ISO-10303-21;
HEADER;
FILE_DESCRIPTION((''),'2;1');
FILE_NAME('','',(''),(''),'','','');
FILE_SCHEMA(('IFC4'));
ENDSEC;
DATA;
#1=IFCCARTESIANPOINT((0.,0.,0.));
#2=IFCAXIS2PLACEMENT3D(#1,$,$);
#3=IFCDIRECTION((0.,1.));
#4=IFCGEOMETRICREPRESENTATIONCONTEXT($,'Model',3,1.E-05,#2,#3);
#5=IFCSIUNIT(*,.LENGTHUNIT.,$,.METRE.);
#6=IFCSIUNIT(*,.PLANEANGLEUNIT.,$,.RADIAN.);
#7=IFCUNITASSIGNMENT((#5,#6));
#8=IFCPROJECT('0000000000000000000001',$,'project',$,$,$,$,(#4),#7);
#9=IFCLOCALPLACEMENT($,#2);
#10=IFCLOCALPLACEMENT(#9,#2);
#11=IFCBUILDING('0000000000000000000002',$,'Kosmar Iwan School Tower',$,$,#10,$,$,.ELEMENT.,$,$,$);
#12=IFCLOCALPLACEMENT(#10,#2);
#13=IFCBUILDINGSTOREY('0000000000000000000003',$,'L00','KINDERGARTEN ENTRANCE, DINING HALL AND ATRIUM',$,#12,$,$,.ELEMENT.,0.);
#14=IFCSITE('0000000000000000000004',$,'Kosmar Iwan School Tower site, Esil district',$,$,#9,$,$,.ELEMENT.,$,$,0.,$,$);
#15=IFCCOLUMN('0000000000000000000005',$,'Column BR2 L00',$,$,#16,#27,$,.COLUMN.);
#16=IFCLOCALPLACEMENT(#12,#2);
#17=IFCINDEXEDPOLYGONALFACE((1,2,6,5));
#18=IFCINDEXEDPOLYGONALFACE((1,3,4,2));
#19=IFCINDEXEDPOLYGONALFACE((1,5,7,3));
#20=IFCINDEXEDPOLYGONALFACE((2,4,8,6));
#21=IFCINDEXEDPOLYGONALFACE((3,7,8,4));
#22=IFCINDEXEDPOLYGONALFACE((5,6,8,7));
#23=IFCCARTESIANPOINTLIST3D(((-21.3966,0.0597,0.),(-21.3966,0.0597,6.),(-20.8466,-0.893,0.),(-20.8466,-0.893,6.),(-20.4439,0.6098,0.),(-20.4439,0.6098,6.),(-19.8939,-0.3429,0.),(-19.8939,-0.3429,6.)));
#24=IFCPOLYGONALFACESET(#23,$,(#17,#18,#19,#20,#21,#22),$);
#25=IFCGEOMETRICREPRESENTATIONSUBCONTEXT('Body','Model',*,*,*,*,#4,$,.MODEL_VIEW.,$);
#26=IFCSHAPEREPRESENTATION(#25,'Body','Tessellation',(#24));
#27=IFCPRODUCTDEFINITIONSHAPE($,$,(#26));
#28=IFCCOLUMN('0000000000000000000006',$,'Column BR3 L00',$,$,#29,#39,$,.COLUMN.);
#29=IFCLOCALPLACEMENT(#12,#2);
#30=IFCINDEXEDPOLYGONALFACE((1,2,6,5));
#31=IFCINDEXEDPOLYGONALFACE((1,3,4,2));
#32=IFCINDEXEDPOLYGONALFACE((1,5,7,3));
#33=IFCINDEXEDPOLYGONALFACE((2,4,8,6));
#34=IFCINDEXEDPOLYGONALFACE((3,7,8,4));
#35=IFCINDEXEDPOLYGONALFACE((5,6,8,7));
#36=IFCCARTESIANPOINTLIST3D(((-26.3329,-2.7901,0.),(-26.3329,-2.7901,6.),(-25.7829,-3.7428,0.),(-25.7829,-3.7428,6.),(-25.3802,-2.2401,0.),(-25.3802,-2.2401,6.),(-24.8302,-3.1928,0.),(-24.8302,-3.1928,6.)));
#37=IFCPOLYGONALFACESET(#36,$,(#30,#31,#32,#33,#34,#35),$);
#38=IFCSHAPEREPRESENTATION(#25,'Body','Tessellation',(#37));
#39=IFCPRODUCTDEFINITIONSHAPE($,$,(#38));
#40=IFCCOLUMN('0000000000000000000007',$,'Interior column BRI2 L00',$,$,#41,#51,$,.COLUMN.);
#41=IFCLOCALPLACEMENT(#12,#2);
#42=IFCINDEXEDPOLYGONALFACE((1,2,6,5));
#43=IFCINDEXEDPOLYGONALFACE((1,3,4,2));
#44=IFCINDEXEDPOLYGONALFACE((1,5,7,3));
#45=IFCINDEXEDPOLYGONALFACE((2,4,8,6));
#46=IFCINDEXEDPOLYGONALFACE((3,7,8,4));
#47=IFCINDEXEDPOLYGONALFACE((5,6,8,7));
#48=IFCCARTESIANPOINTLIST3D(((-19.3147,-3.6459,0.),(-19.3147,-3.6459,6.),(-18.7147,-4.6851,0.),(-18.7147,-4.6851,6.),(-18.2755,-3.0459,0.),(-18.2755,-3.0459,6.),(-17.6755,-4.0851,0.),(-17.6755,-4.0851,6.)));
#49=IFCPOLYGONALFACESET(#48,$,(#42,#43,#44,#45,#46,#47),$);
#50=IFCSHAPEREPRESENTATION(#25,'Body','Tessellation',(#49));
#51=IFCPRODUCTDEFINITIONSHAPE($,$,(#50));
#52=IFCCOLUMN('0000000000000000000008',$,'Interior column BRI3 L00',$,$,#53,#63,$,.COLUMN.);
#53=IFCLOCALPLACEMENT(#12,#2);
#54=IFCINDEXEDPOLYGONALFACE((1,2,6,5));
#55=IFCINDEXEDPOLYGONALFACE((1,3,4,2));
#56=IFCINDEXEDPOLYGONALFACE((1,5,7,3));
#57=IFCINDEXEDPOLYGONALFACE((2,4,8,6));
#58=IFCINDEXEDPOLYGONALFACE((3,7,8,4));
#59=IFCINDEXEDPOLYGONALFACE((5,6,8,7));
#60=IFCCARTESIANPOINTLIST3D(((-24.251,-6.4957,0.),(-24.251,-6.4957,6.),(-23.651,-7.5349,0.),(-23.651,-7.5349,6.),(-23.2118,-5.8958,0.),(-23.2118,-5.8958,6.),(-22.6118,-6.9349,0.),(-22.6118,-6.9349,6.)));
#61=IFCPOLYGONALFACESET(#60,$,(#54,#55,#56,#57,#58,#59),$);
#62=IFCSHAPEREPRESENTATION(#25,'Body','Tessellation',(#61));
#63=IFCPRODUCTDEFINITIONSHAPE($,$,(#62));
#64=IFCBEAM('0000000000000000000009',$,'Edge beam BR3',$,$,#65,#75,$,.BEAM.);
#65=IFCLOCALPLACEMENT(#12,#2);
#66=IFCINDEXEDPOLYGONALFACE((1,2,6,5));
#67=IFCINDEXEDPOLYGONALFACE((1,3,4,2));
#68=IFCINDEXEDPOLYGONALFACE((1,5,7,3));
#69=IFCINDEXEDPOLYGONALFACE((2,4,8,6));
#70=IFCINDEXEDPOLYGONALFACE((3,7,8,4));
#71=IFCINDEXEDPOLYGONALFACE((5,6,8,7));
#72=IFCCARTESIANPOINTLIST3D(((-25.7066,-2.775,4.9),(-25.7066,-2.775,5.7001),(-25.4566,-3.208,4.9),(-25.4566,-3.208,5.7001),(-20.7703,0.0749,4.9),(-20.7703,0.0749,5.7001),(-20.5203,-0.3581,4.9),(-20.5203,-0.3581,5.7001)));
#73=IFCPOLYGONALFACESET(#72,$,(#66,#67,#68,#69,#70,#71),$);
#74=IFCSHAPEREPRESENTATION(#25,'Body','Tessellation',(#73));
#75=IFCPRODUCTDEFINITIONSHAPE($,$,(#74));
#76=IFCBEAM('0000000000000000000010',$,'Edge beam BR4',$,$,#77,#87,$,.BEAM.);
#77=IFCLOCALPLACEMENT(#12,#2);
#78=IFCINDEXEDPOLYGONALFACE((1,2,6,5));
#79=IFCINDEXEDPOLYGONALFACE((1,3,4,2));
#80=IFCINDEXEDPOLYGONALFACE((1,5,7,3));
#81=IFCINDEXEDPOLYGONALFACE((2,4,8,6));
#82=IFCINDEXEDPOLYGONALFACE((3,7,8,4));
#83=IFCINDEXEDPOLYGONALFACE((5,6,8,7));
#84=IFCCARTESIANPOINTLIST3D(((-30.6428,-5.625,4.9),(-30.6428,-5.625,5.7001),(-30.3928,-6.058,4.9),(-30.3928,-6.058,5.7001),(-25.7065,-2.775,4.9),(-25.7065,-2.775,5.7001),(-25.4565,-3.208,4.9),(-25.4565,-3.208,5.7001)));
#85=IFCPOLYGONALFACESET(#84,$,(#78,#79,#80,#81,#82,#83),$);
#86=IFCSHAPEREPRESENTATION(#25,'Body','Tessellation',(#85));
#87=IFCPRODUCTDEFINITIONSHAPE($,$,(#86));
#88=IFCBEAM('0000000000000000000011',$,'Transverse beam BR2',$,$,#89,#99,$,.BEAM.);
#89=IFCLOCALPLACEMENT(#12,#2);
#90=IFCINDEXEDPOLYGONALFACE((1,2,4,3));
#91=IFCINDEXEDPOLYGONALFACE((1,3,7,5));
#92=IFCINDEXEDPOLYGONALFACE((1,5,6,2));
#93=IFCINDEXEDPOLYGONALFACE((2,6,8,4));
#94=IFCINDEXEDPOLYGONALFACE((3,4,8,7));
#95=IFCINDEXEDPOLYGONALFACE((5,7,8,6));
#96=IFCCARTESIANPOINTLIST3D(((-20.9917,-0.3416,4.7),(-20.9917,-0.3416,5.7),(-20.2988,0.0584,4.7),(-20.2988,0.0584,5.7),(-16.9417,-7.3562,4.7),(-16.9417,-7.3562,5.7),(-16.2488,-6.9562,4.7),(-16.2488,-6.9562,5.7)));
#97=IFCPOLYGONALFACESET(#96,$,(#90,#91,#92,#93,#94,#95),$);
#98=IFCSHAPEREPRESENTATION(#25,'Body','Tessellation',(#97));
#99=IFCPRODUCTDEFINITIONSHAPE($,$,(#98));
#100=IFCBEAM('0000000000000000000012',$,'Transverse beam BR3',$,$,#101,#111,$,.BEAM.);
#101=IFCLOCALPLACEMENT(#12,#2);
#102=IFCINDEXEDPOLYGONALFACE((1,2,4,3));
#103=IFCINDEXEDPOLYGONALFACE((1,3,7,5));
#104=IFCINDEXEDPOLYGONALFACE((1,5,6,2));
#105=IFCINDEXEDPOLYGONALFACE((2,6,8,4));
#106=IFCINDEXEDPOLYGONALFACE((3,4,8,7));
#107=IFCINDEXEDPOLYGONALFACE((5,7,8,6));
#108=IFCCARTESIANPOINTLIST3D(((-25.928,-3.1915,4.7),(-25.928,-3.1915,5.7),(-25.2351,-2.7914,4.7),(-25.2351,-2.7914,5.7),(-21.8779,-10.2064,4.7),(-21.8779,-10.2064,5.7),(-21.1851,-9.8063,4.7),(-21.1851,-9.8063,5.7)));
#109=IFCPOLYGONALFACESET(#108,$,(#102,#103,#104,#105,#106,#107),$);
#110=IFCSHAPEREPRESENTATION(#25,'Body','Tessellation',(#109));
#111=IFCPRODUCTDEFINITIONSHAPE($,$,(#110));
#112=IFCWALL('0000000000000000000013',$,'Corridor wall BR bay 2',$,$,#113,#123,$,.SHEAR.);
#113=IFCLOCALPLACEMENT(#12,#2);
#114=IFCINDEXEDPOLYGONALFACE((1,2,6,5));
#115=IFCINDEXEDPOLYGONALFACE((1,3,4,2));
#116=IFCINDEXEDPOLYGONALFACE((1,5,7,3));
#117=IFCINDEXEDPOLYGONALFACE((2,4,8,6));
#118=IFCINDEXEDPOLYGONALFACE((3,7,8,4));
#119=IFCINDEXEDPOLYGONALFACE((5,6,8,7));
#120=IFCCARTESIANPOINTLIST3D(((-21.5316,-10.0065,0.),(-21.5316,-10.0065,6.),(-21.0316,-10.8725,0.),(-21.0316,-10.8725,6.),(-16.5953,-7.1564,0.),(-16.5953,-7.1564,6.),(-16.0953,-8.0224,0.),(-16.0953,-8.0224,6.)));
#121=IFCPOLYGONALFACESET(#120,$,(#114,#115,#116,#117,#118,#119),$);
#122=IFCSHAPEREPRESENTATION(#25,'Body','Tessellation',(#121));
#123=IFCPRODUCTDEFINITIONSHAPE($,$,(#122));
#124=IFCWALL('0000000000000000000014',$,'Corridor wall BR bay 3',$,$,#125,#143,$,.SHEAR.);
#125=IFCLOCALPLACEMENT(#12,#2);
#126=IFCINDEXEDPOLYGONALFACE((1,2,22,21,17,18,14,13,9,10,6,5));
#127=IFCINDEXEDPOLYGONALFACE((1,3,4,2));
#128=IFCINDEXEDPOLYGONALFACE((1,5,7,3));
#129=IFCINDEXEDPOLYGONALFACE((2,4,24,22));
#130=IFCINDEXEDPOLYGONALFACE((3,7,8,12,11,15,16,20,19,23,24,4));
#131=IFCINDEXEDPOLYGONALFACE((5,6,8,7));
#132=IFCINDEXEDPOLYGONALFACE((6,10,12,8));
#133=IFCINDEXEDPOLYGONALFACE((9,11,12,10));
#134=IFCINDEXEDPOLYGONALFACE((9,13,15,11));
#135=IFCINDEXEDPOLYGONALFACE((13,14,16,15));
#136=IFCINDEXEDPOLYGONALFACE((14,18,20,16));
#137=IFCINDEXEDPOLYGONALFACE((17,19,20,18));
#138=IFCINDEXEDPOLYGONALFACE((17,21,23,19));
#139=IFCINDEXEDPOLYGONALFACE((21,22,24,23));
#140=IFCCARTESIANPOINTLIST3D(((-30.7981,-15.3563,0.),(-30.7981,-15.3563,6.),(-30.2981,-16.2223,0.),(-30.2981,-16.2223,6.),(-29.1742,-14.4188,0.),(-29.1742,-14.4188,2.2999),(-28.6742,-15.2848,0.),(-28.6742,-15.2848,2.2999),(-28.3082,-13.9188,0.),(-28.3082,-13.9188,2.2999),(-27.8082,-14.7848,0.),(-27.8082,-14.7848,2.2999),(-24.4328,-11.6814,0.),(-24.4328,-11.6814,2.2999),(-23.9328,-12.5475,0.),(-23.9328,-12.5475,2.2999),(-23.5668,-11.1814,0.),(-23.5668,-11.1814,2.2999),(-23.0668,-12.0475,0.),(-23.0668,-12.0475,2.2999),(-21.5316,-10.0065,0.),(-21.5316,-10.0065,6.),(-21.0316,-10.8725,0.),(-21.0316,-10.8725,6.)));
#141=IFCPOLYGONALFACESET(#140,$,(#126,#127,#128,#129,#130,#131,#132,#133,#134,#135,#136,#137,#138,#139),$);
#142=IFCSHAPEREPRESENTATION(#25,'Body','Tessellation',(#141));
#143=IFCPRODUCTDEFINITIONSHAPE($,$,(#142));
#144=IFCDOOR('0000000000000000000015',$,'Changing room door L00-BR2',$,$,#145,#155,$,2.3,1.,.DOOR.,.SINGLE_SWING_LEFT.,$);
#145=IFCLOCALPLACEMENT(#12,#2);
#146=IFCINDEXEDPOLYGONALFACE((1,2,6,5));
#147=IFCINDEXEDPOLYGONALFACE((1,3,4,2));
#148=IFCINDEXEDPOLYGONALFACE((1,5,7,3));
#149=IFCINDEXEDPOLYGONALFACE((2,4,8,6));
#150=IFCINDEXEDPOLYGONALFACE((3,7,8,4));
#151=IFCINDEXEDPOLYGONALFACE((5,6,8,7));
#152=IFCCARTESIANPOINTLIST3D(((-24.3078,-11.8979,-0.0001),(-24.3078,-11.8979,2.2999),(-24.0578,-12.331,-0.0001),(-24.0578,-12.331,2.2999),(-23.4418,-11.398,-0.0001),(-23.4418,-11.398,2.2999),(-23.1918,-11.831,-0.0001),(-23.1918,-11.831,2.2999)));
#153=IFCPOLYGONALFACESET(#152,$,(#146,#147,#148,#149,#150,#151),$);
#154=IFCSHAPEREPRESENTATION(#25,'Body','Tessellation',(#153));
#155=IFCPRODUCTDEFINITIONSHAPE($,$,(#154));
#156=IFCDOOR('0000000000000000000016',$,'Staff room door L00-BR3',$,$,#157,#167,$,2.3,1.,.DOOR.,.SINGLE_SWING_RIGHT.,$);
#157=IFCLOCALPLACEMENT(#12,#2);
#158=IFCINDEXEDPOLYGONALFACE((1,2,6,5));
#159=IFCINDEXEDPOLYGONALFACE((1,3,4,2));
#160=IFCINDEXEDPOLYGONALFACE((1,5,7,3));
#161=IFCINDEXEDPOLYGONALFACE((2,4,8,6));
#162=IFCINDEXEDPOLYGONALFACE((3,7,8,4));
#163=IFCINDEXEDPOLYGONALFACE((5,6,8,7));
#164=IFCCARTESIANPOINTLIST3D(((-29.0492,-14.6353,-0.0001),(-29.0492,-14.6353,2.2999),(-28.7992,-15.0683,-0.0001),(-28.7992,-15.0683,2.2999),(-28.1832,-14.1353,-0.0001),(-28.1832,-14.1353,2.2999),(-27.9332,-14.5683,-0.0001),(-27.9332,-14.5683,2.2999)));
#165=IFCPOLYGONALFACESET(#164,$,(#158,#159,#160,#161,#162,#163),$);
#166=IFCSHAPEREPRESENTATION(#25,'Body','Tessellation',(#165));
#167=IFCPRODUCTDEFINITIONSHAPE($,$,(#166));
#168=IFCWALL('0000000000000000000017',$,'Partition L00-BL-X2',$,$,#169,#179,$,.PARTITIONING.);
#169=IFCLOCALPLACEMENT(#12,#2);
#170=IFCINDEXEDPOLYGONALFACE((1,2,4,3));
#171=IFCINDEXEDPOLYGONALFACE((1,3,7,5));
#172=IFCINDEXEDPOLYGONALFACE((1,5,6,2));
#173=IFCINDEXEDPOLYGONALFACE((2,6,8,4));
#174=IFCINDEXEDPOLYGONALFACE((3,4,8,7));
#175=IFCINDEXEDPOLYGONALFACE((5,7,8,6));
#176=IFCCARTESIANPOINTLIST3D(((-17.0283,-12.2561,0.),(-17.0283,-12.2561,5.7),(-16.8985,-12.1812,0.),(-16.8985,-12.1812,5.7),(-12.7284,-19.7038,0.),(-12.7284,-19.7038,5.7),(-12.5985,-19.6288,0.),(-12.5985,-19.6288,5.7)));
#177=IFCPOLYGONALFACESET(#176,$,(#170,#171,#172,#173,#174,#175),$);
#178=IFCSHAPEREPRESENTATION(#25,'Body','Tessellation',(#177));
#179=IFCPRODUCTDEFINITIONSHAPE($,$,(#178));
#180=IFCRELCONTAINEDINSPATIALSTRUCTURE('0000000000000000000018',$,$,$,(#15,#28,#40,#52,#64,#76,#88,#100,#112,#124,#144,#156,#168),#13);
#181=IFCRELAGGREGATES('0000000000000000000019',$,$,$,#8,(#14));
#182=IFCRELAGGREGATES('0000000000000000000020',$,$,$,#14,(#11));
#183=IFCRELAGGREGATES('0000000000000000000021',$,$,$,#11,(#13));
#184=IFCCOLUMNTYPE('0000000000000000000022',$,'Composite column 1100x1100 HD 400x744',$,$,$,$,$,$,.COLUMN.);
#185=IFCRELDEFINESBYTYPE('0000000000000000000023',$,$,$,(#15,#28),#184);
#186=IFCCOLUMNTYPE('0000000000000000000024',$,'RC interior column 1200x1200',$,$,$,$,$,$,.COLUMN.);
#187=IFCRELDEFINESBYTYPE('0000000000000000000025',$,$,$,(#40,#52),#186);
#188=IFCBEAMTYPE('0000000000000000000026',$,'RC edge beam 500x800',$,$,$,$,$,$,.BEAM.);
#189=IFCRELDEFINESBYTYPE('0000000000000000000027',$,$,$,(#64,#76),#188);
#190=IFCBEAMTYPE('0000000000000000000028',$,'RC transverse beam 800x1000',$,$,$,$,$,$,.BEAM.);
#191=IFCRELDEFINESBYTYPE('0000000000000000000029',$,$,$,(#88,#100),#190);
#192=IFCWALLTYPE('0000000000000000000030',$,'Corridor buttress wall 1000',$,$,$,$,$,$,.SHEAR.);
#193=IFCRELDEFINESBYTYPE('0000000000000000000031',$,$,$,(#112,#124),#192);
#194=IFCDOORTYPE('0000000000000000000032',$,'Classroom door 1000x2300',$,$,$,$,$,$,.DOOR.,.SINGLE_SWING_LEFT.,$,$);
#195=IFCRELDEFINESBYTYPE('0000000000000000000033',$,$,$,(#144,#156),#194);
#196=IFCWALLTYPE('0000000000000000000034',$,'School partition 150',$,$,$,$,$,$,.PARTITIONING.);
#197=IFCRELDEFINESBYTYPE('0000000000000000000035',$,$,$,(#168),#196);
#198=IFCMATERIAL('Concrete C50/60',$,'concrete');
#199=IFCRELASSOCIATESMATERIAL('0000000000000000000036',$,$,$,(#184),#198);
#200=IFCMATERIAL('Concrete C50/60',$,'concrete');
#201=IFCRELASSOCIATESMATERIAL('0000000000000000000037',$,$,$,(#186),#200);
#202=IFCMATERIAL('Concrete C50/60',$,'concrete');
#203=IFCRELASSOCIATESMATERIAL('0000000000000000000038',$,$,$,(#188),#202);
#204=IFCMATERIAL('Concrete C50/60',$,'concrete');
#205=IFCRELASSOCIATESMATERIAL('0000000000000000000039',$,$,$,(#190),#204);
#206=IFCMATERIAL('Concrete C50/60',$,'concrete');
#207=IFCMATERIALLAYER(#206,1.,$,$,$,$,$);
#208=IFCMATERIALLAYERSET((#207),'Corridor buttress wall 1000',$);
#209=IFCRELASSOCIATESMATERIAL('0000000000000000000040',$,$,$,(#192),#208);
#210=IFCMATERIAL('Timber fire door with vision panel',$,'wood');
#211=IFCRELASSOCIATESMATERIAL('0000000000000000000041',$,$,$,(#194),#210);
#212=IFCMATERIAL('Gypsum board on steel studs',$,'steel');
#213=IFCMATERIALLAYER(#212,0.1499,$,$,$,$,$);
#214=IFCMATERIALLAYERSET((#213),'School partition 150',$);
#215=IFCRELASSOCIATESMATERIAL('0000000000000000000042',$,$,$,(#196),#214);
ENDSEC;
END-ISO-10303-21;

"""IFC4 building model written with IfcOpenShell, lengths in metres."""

from ifc_helpers import new_model, si_unit, direction, frame, frame_2d, origin, origin_2d, place, context, subcontext, project, spatial, rectangle, extrude, material, layer, layer_set, material_profile, profile_set, type_object, element, fill, save


model = new_model("IFC4")

# Units and contexts
model_context = context("Model", 3, precision=1e-05, world=origin(), true_north=direction((0.0, 1.0)))
body_context = subcontext(model_context, "Body", "Model", "MODEL_VIEW")
ifc_project = project(units=[si_unit("LENGTHUNIT", "METRE"), si_unit("PLANEANGLEUNIT", "RADIAN")], contexts=[model_context])

# Site, building, storey
site_placement = place(None, origin())
site = spatial("IfcSite", under=ifc_project, at=site_placement, Name="Kosmar Iwan School Tower site, Esil district", CompositionType="ELEMENT", RefElevation=0.0)
building_placement = place(site_placement, origin())
building = spatial("IfcBuilding", under=site, at=building_placement, Name="Kosmar Iwan School Tower", CompositionType="ELEMENT")
storey_placement = place(building_placement, origin())
storey = spatial("IfcBuildingStorey", under=building, at=storey_placement, Name="L00", Description="KINDERGARTEN ENTRANCE, DINING HALL AND ATRIUM", CompositionType="ELEMENT", Elevation=0.0)

# Columns
ifc_material_1 = material(Name="Concrete C50/60", Category="concrete")
ifc_material_profile_1 = material_profile(ifc_material_1, rectangle(XDim=1.1001, YDim=1.1001, at=origin_2d()), Name="RC 1100x1100 + HD 400x744")
ifc_profile_set_1 = profile_set([ifc_material_profile_1], Name="Concrete C50/60")
column_type_1 = type_object("IfcColumnType", Name="Composite column 1100x1100 HD 400x744", PredefinedType="COLUMN", material=ifc_profile_set_1)
for number, where, z_axis, x_axis, name in (
    (1, (-20.6453, -0.1416, 0.0), (0.0, 0.0, 1.0), (-0.866025, -0.5, 0.0), "Column BR2 L00"),
    (2, (-25.5815, -2.9915, 0.0), (0.0, 0.0, 1.0), (-0.866025, -0.5, 0.0), "Column BR3 L00"),
):
    element("IfcColumn", number, at=place(storey_placement, frame(where, z_axis=z_axis, x_axis=x_axis)), inside=storey, type_object=column_type_1, Name=name, PredefinedType="COLUMN", context=body_context, shape_type="SweptSolid", body=[
        extrude(rectangle(XDim=1.1001, YDim=1.1001, at=origin_2d()), origin(), (0.0, 0.0, 1.0), 6.0),
    ])
ifc_material_2 = material(Name="Concrete C50/60", Category="concrete")
ifc_material_profile_2 = material_profile(ifc_material_2, rectangle(XDim=1.2, YDim=1.2, at=origin_2d()), Name="RC 1200x1200")
ifc_profile_set_2 = profile_set([ifc_material_profile_2], Name="Concrete C50/60")
column_type_2 = type_object("IfcColumnType", Name="RC interior column 1200x1200", PredefinedType="COLUMN", material=ifc_profile_set_2)
for number, where, z_axis, x_axis, name in (
    (3, (-18.4951, -3.8655, 0.0), (0.0, 0.0, 1.0), (-0.866025, -0.5, 0.0), "Interior column BRI2 L00"),
    (4, (-23.4314, -6.7153, 0.0), (0.0, 0.0, 1.0), (-0.866025, -0.5, 0.0), "Interior column BRI3 L00"),
):
    element("IfcColumn", number, at=place(storey_placement, frame(where, z_axis=z_axis, x_axis=x_axis)), inside=storey, type_object=column_type_2, Name=name, PredefinedType="COLUMN", context=body_context, shape_type="SweptSolid", body=[
        extrude(rectangle(XDim=1.2, YDim=1.2, at=origin_2d()), origin(), (0.0, 0.0, 1.0), 6.0),
    ])

# Beams
ifc_material_3 = material(Name="Concrete C50/60", Category="concrete")
ifc_material_profile_3 = material_profile(ifc_material_3, rectangle(XDim=0.5, YDim=0.8, at=origin_2d()), Name="RC 500x800")
ifc_profile_set_3 = profile_set([ifc_material_profile_3], Name="Concrete C50/60")
beam_type_1 = type_object("IfcBeamType", Name="RC edge beam 500x800", PredefinedType="BEAM", material=ifc_profile_set_3)
for number, where, z_axis, x_axis, name in (
    (5, (-20.6453, -0.1416, 5.3), (-0.866034, -0.499986, 0.0), (0.499986, -0.866034, 0.0), "Edge beam BR3"),
    (6, (-25.5815, -2.9915, 5.3), (-0.866015, -0.500018, 0.0), (0.500018, -0.866015, 0.0), "Edge beam BR4"),
):
    element("IfcBeam", number, at=place(storey_placement, frame(where, z_axis=z_axis, x_axis=x_axis)), inside=storey, type_object=beam_type_1, Name=name, PredefinedType="BEAM", context=body_context, shape_type="SweptSolid", body=[
        extrude(rectangle(XDim=0.5, YDim=0.8, at=origin_2d()), origin(), (0.0, 0.0, 1.0), 5.7),
    ])
ifc_material_4 = material(Name="Concrete C50/60", Category="concrete")
ifc_material_profile_4 = material_profile(ifc_material_4, rectangle(XDim=0.8, YDim=1.0, at=origin_2d()), Name="RC 800x1000")
ifc_profile_set_4 = profile_set([ifc_material_profile_4], Name="Concrete C50/60")
beam_type_2 = type_object("IfcBeamType", Name="RC transverse beam 800x1000", PredefinedType="BEAM", material=ifc_profile_set_4)
beam_1_placement = place(storey_placement, frame((-20.6453, -0.1416, 5.2), z_axis=(0.500013, -0.866018, 0.0), x_axis=(0.866018, 0.500013, 0.0)))
element("IfcBeam", 7, at=beam_1_placement, inside=storey, type_object=beam_type_2, Name="Transverse beam BR2", PredefinedType="BEAM", context=body_context, shape_type="SweptSolid", body=[
    extrude(rectangle(XDim=0.8, YDim=1.0, at=origin_2d()), origin(), (0.0, 0.0, 1.0), 8.0999),
])
beam_2_placement = place(storey_placement, frame((-25.5815, -2.9915, 5.2), z_axis=(0.5, -0.866025, 0.0), x_axis=(0.866025, 0.5, 0.0)))
element("IfcBeam", 8, at=beam_2_placement, inside=storey, type_object=beam_type_2, Name="Transverse beam BR3", PredefinedType="BEAM", context=body_context, shape_type="SweptSolid", body=[
    extrude(rectangle(XDim=0.8, YDim=1.0, at=origin_2d()), origin(), (0.0, 0.0, 1.0), 8.1001),
])

# Wall
ifc_material_5 = material(Name="Concrete C50/60", Category="concrete")
ifc_layer_1 = layer(ifc_material_5, 1.0)
ifc_layer_set_1 = layer_set([ifc_layer_1], Name="Corridor buttress wall 1000")
wall_type_1 = type_object("IfcWallType", Name="Corridor buttress wall 1000", PredefinedType="SHEAR", material=ifc_layer_set_1)
wall_1_placement = place(storey_placement, frame((-16.3452, -7.5894, 0.0), z_axis=(0.0, 0.0, 1.0), x_axis=(-0.866015, -0.500018, 0.0)))
element("IfcWall", 9, at=wall_1_placement, inside=storey, type_object=wall_type_1, Name="Corridor wall BR bay 2", PredefinedType="SHEAR", context=body_context, shape_type="SweptSolid", body=[
    extrude(rectangle(XDim=5.7, YDim=1.0, at=frame_2d((2.8501, 0.0))), origin(), (0.0, 0.0, 1.0), 6.0),
])

# Wall, openings, doors
wall_2_placement = place(storey_placement, frame((-21.2815, -10.4395, 0.0), z_axis=(0.0, 0.0, 1.0), x_axis=(-0.866034, -0.499984, 0.0)))
wall_2 = element("IfcWall", 10, at=wall_2_placement, inside=storey, type_object=wall_type_1, Name="Corridor wall BR bay 3", PredefinedType="SHEAR", context=body_context, shape_type="SweptSolid", body=[
    extrude(rectangle(XDim=10.7, YDim=1.0, at=frame_2d((5.3501, 0.0))), origin(), (0.0, 0.0, 1.0), 6.0),
])
opening_1_placement = place(wall_2_placement, frame((2.3501, 0.0, 0.0)))
opening_1 = element("IfcOpeningElement", 11, at=opening_1_placement, cuts=wall_2, PredefinedType="OPENING", context=body_context, shape_type="SweptSolid", body=[
    extrude(rectangle(XDim=1.0, YDim=2.3, at=frame_2d((0.5, 1.1499))), frame((0.0, 0.512, 0.0), z_axis=(0.0, -1.0, 0.0), x_axis=(1.0, 0.0, 0.0)), (0.0, 0.0, 1.0), 1.0239),
])
opening_2_placement = place(wall_2_placement, frame((7.825, 0.0, 0.0)))
opening_2 = element("IfcOpeningElement", 12, at=opening_2_placement, cuts=wall_2, PredefinedType="OPENING", context=body_context, shape_type="SweptSolid", body=[
    extrude(rectangle(XDim=1.0, YDim=2.3, at=frame_2d((0.5, 1.1499))), frame((0.0, 0.512, 0.0), z_axis=(0.0, -1.0, 0.0), x_axis=(1.0, 0.0, 0.0)), (0.0, 0.0, 1.0), 1.0239),
])
ifc_material_6 = material(Name="Timber fire door with vision panel", Category="wood")
door_type = type_object("IfcDoorType", Name="Classroom door 1000x2300", OperationType="SINGLE_SWING_LEFT", PredefinedType="DOOR", material=ifc_material_6)
door_1_placement = place(opening_1_placement, origin())
door_1 = element("IfcDoor", 13, at=door_1_placement, inside=storey, type_object=door_type, Name="Changing room door L00-BR2", OperationType="SINGLE_SWING_LEFT", OverallHeight=2.3, OverallWidth=1.0, PredefinedType="DOOR", context=body_context, shape_type="SweptSolid", body=[
    extrude(rectangle(XDim=1.0, YDim=2.3, at=frame_2d((0.5, 1.1499))), frame((0.0, 0.25, 0.0), z_axis=(0.0, -1.0, 0.0), x_axis=(1.0, 0.0, 0.0)), (0.0, 0.0, 1.0), 0.5),
])
fill(opening_1, door_1)
door_2_placement = place(opening_2_placement, origin())
door_2 = element("IfcDoor", 14, at=door_2_placement, inside=storey, type_object=door_type, Name="Staff room door L00-BR3", OperationType="SINGLE_SWING_RIGHT", OverallHeight=2.3, OverallWidth=1.0, PredefinedType="DOOR", context=body_context, shape_type="SweptSolid", body=[
    extrude(rectangle(XDim=1.0, YDim=2.3, at=frame_2d((0.5, 1.1499))), frame((0.0, 0.25, 0.0), z_axis=(0.0, -1.0, 0.0), x_axis=(1.0, 0.0, 0.0)), (0.0, 0.0, 1.0), 0.5),
])
fill(opening_2, door_2)

# Wall
ifc_material_7 = material(Name="Gypsum board on steel studs", Category="steel")
ifc_layer_2 = layer(ifc_material_7, 0.1499)
ifc_layer_set_2 = layer_set([ifc_layer_2], Name="School partition 150")
wall_type_2 = type_object("IfcWallType", Name="School partition 150", PredefinedType="PARTITIONING", material=ifc_layer_set_2)
wall_3_placement = place(storey_placement, frame((-16.9634, -12.2188, 0.0), z_axis=(0.0, 0.0, 1.0), x_axis=(0.500008, -0.866021, 0.0)))
element("IfcWall", 15, at=wall_3_placement, inside=storey, type_object=wall_type_2, Name="Partition L00-BL-X2", PredefinedType="PARTITIONING", context=body_context, shape_type="SweptSolid", body=[
    extrude(rectangle(XDim=8.5999, YDim=0.1499, at=frame_2d((4.2998, 0.0))), origin(), (0.0, 0.0, 1.0), 5.7),
])

save(model, "model.ifc")
